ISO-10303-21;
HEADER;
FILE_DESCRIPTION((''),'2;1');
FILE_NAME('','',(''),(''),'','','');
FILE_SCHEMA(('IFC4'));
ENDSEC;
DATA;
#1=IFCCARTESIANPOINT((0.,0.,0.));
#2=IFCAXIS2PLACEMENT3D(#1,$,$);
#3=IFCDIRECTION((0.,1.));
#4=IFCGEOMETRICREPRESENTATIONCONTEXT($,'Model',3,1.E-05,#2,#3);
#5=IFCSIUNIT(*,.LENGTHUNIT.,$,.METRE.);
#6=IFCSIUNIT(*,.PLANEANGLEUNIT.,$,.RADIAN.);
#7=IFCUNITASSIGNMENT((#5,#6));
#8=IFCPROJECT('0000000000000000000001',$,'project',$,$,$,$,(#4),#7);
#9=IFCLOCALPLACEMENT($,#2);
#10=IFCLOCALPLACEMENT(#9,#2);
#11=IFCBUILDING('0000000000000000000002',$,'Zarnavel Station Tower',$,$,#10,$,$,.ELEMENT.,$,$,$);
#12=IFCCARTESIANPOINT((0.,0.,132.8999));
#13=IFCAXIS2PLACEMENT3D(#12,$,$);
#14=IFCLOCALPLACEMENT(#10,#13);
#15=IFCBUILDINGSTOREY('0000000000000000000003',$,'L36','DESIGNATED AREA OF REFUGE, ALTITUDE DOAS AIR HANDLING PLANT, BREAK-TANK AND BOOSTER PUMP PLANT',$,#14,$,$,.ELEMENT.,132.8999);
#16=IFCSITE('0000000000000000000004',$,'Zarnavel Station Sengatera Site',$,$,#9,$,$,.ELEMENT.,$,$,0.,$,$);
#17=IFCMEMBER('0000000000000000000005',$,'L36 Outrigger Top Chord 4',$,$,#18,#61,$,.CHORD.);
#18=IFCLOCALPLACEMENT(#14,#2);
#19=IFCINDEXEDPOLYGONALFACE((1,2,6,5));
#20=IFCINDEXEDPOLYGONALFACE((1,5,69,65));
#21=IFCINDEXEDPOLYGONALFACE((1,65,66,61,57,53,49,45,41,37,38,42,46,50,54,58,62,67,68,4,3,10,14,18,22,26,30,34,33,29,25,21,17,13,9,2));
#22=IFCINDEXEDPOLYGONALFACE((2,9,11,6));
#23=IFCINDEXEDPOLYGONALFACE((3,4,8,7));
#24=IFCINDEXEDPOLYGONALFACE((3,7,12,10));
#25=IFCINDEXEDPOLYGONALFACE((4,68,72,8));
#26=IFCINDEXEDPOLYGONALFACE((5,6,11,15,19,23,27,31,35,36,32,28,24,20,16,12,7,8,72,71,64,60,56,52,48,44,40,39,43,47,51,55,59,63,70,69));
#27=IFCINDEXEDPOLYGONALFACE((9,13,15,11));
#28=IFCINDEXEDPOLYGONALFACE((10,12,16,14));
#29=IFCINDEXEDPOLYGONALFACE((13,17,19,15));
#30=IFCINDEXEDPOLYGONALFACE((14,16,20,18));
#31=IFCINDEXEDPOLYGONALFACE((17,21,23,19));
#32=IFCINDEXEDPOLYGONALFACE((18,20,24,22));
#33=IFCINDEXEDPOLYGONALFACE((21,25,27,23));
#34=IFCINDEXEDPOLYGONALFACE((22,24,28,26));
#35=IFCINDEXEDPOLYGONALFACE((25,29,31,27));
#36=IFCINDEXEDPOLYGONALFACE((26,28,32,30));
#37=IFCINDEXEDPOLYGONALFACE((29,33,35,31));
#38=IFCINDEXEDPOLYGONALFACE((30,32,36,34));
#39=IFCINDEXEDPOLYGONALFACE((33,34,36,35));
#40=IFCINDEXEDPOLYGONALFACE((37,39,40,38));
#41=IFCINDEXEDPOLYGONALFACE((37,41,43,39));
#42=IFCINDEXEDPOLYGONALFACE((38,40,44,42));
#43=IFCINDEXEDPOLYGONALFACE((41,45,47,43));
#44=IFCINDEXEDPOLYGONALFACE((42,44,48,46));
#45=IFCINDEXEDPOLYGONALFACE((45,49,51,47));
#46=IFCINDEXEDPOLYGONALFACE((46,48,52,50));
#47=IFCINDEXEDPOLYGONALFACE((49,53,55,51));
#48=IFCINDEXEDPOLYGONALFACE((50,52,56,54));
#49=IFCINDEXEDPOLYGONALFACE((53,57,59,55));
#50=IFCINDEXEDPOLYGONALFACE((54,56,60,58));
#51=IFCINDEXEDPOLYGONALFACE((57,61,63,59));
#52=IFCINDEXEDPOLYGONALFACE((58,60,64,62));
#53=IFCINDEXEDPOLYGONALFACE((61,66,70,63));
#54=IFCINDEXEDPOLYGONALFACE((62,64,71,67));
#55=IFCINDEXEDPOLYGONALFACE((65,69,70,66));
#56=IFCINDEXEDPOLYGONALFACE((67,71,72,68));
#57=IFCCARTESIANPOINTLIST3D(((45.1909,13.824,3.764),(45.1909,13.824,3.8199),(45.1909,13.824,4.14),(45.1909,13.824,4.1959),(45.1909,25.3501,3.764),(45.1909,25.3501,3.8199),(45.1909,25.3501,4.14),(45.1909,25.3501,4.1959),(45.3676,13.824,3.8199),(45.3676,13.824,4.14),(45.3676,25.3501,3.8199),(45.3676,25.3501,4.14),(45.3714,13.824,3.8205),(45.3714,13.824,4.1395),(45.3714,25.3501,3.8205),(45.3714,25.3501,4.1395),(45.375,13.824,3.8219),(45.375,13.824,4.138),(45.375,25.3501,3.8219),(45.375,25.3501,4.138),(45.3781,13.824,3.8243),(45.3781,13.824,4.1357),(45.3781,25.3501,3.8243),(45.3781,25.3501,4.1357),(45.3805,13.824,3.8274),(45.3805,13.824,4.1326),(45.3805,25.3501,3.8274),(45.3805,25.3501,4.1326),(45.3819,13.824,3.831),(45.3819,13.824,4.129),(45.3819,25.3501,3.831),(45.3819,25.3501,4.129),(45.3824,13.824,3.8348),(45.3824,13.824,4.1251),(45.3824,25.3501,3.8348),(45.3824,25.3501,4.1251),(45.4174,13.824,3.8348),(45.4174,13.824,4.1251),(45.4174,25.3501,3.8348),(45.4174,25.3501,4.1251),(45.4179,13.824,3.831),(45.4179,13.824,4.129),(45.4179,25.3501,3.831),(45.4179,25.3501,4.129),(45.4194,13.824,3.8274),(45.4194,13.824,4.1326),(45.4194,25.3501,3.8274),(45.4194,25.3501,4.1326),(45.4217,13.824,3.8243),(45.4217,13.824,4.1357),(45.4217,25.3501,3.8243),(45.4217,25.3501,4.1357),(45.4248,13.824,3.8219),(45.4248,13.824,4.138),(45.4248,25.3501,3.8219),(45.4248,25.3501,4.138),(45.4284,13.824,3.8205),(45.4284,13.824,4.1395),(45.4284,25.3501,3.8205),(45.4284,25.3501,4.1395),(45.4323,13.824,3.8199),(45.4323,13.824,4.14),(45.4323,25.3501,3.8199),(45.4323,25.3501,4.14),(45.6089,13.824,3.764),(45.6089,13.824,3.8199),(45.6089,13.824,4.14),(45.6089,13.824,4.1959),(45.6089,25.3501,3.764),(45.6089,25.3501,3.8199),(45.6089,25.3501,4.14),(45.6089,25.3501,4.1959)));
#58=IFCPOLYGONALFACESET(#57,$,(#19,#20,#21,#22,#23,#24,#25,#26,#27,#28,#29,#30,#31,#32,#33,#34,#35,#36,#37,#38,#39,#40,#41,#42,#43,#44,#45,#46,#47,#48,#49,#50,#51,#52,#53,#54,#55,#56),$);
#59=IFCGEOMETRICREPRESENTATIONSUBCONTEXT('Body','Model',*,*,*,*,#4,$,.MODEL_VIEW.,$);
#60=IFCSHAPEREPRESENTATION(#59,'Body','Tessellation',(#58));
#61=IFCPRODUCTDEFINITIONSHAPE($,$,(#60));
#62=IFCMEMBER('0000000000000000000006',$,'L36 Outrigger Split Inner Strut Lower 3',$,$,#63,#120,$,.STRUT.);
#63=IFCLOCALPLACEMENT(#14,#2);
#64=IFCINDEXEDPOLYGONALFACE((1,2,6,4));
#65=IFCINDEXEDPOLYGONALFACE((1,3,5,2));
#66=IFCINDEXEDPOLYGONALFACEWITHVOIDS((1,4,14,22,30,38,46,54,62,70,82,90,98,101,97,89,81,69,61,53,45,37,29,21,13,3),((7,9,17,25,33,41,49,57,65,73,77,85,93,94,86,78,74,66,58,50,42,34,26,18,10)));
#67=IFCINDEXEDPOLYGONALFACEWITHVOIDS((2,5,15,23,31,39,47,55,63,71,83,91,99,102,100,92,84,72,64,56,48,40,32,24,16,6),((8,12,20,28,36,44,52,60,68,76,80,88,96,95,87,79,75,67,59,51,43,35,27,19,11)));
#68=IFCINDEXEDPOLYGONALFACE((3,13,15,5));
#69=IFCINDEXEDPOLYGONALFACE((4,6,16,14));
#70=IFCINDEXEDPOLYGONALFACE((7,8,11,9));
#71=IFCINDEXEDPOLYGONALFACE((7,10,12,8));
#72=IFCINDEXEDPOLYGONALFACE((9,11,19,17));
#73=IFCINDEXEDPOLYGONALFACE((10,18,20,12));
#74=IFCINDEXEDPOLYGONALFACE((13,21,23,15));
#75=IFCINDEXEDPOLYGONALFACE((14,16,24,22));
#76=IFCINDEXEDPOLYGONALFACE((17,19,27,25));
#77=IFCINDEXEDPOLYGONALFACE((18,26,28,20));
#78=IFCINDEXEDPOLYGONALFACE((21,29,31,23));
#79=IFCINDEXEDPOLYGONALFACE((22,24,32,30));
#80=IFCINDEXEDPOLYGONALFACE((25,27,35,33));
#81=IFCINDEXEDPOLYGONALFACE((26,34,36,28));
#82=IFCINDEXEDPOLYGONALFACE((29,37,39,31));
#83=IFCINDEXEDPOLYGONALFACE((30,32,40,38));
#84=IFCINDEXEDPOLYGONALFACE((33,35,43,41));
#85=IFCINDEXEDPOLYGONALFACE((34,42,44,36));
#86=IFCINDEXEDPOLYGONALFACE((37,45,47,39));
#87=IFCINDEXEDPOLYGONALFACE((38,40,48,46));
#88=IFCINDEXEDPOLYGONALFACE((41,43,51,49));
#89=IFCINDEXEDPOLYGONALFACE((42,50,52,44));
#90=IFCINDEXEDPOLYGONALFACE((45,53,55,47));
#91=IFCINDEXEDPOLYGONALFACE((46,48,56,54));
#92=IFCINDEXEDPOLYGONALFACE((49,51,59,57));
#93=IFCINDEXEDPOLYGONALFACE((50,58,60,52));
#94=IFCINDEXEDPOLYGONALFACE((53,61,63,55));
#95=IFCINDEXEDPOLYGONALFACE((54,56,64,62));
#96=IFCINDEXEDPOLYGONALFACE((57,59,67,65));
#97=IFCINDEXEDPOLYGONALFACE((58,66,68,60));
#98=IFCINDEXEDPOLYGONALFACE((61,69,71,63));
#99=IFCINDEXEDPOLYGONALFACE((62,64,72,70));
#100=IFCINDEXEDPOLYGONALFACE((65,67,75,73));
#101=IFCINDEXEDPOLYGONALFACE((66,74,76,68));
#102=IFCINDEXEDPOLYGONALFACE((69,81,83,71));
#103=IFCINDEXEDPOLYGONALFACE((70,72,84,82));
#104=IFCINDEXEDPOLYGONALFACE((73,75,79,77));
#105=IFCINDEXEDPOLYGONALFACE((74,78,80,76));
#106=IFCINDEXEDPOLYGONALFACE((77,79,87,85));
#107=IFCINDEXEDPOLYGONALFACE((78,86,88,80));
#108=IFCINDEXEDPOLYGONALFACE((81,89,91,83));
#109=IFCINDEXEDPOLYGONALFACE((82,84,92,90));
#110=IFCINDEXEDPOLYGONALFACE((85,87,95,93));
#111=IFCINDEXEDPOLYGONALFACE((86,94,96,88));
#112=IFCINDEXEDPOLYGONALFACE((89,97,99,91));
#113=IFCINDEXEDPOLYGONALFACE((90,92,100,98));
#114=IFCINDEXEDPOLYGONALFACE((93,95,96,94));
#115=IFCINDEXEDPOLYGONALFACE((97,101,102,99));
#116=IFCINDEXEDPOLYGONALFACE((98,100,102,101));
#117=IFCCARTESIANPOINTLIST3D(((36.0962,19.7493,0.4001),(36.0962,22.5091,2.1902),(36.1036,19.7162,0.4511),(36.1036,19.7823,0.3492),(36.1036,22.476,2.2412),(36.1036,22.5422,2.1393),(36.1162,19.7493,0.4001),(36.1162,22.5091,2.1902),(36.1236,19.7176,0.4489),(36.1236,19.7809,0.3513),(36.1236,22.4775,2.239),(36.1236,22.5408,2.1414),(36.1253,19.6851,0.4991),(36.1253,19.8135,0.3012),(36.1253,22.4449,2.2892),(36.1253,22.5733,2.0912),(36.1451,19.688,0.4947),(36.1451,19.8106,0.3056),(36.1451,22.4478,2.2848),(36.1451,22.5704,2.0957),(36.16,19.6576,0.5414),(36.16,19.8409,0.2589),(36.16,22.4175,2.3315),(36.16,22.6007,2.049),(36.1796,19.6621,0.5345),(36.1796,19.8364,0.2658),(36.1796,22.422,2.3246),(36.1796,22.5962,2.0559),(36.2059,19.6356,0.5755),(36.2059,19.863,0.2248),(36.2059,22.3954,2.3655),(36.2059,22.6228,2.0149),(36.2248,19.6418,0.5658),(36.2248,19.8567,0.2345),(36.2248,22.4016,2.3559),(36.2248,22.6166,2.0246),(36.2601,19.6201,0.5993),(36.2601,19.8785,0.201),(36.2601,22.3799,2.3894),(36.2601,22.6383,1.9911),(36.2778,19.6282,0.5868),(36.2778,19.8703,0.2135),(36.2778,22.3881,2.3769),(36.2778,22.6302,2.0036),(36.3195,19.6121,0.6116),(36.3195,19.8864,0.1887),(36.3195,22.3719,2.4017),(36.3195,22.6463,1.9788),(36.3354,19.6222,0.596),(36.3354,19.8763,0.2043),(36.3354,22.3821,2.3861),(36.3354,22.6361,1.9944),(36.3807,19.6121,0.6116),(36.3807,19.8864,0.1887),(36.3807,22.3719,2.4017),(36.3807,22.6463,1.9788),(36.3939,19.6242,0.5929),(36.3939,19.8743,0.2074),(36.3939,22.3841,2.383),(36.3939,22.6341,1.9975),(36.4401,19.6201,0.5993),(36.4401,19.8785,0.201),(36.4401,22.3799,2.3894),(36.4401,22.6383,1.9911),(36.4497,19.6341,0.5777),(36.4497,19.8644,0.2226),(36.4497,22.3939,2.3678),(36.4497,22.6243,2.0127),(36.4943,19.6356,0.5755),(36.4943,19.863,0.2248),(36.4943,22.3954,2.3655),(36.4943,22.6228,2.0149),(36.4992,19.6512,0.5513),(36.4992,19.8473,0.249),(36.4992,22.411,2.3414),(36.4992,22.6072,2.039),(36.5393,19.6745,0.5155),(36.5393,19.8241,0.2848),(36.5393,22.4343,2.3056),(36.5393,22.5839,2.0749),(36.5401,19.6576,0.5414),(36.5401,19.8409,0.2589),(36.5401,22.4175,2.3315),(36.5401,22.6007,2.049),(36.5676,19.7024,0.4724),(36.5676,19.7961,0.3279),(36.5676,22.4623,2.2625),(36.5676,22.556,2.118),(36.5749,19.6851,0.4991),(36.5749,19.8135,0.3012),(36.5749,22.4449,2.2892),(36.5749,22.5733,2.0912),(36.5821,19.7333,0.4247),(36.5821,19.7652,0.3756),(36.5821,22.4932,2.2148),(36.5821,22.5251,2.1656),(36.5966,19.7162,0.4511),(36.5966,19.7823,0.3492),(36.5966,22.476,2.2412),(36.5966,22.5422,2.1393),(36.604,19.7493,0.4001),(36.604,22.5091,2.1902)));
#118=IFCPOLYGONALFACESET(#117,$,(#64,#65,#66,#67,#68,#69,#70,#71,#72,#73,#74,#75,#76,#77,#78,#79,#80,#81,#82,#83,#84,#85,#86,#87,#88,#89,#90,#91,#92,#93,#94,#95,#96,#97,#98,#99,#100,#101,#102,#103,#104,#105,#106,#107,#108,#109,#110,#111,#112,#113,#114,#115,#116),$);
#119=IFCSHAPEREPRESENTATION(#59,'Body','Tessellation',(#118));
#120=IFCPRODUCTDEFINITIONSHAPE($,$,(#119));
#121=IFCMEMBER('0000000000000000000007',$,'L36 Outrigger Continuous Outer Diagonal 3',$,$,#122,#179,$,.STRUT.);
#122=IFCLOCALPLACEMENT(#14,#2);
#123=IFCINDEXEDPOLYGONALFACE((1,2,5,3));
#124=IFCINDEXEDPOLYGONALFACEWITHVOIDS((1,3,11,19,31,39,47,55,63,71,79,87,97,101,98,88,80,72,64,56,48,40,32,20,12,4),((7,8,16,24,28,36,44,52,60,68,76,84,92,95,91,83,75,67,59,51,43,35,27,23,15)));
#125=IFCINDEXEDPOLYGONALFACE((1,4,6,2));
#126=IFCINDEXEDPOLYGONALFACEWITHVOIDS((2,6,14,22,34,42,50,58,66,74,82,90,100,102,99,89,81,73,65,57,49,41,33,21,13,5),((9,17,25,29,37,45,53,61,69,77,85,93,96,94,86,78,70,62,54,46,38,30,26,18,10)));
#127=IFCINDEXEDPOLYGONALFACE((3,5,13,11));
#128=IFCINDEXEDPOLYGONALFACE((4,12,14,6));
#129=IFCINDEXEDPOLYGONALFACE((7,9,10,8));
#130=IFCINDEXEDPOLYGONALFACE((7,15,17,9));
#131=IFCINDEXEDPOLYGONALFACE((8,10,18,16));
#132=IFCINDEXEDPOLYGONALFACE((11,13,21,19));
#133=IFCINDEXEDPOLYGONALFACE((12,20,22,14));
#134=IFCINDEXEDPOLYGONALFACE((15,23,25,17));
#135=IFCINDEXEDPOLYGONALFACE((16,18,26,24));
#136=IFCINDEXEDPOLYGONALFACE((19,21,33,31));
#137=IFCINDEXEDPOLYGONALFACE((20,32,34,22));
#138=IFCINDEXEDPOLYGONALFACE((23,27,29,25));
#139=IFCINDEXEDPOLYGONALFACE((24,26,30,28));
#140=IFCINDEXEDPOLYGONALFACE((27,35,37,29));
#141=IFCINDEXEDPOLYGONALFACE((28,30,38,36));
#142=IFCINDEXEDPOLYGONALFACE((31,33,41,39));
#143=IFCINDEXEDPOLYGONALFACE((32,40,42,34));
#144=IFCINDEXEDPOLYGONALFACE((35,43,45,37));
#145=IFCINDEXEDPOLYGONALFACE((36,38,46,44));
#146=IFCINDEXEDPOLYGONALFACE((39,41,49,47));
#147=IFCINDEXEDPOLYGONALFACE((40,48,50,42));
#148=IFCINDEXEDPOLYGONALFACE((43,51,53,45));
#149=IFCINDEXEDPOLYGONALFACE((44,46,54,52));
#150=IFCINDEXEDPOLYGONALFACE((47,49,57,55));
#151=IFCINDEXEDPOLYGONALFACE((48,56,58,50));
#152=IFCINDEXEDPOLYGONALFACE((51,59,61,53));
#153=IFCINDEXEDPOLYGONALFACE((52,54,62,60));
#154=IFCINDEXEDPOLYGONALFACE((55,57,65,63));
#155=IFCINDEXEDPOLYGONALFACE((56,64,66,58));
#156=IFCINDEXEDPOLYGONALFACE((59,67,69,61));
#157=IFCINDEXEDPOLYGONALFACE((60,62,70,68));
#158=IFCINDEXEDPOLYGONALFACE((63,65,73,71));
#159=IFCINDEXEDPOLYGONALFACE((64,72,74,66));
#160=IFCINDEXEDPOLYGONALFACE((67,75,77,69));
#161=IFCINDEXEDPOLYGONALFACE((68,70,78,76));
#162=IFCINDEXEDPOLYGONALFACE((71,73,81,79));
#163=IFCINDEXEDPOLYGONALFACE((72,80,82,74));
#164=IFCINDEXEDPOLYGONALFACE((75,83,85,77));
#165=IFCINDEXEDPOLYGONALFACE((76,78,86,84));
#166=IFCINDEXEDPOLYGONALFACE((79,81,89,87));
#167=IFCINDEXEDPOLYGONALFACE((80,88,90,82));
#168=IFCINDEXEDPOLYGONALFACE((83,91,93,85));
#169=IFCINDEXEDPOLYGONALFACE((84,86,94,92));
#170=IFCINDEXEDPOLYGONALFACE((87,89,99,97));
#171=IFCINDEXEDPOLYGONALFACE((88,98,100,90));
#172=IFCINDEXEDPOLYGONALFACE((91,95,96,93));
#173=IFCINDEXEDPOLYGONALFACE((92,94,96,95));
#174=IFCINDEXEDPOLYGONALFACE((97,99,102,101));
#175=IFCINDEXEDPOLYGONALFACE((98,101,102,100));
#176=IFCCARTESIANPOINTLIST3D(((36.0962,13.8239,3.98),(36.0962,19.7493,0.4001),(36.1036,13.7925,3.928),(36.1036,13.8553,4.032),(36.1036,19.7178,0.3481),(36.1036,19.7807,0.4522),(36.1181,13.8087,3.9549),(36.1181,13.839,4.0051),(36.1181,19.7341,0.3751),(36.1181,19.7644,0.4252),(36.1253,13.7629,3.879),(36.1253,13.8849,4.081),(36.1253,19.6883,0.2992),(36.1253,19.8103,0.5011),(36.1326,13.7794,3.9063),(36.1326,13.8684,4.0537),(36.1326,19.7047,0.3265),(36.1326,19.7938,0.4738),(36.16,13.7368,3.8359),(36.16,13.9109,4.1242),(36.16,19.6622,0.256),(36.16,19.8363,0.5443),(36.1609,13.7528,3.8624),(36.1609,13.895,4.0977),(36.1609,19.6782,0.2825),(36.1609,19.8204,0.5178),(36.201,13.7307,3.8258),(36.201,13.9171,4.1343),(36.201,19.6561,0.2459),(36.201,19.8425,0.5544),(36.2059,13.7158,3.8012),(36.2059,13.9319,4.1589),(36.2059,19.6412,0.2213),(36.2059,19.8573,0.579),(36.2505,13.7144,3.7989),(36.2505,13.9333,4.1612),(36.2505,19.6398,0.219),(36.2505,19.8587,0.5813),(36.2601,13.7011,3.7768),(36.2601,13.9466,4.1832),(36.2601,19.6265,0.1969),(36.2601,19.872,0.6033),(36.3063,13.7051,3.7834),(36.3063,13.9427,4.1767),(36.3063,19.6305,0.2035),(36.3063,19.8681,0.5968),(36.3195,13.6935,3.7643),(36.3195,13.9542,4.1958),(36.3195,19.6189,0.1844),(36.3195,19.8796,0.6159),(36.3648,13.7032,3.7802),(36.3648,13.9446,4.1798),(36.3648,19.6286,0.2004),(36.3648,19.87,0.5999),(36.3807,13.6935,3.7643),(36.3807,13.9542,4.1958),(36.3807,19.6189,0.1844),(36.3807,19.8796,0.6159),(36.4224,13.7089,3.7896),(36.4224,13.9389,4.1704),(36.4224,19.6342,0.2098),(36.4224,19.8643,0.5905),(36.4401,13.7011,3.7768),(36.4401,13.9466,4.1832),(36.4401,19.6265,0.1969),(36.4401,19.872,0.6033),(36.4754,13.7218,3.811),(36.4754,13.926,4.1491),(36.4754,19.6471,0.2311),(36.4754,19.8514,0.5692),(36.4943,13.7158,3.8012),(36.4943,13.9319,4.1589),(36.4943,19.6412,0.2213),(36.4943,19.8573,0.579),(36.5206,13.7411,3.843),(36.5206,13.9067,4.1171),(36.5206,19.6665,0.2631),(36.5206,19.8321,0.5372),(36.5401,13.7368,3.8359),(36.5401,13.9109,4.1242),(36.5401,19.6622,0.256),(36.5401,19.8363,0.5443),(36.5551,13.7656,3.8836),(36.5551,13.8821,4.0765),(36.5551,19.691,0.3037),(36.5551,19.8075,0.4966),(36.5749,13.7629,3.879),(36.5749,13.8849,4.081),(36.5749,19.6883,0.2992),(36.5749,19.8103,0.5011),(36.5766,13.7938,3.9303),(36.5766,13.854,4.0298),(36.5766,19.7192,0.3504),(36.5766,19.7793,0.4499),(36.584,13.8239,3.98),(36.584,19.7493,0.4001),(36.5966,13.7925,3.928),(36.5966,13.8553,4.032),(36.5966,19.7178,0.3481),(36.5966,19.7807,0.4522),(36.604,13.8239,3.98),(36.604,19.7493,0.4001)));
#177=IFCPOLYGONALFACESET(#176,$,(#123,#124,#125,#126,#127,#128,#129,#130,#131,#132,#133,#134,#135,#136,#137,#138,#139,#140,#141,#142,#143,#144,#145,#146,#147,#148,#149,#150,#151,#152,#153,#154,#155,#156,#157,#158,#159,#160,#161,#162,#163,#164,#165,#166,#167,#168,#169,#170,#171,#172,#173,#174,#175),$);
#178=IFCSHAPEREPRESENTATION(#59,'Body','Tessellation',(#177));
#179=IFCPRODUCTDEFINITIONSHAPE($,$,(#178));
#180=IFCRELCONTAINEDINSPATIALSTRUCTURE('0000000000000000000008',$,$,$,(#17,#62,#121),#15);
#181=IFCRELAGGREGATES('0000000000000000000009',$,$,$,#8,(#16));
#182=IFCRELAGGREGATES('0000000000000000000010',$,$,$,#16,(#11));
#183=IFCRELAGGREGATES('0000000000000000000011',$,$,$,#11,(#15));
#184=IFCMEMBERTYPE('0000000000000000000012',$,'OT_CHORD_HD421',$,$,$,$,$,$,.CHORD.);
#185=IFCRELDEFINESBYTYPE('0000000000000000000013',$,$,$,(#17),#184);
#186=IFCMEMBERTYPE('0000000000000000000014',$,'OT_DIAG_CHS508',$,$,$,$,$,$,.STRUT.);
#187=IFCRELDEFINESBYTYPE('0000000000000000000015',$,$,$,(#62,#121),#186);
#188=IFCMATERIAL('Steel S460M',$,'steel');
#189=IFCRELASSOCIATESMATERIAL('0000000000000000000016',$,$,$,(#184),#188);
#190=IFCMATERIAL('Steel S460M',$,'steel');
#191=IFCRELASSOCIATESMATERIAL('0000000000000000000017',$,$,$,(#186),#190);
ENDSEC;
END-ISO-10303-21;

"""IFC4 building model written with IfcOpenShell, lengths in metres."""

from ifc_helpers import new_model, si_unit, direction, frame, origin, origin_2d, place, context, subcontext, project, spatial, hollow_circle, i_section, extrude, material, material_profile, profile_set, type_object, element, save


model = new_model("IFC4")

# Units and contexts
model_context = context("Model", 3, precision=1e-05, world=origin(), true_north=direction((0.0, 1.0)))
body_context = subcontext(model_context, "Body", "Model", "MODEL_VIEW")
ifc_project = project(units=[si_unit("LENGTHUNIT", "METRE"), si_unit("PLANEANGLEUNIT", "RADIAN")], contexts=[model_context])

# Site, building, storey
site_placement = place(None, origin())
site = spatial("IfcSite", under=ifc_project, at=site_placement, Name="Zarnavel Station Sengatera Site", CompositionType="ELEMENT", RefElevation=0.0)
building_placement = place(site_placement, origin())
building = spatial("IfcBuilding", under=site, at=building_placement, Name="Zarnavel Station Tower", CompositionType="ELEMENT")
storey_placement = place(building_placement, frame((0.0, 0.0, 132.8999)))
storey = spatial("IfcBuildingStorey", under=building, at=storey_placement, Name="L36", Description="DESIGNATED AREA OF REFUGE, ALTITUDE DOAS AIR HANDLING PLANT, BREAK-TANK AND BOOSTER PUMP PLANT", CompositionType="ELEMENT", Elevation=132.8999)

# Members
ifc_material_1 = material(Name="Steel S460M", Category="steel")
ifc_material_profile_1 = material_profile(ifc_material_1, i_section(OverallWidth=0.418, OverallDepth=0.4319, WebThickness=0.0349, FlangeThickness=0.0559, FilletRadius=0.0149, at=origin_2d()), Name="HD400x421")
ifc_profile_set_1 = profile_set([ifc_material_profile_1], Name="Steel S460M")
member_type_1 = type_object("IfcMemberType", Name="OT_CHORD_HD421", PredefinedType="CHORD", material=ifc_profile_set_1)
member_1_placement = place(storey_placement, frame((45.3999, 13.824, 3.98), z_axis=(0.0, 1.0, 0.0), x_axis=(-1.0, 0.0, 0.0)))
element("IfcMember", 1, at=member_1_placement, inside=storey, type_object=member_type_1, Name="L36 Outrigger Top Chord 4", PredefinedType="CHORD", context=body_context, shape_type="SweptSolid", body=[
    extrude(i_section(OverallWidth=0.418, OverallDepth=0.4319, WebThickness=0.0349, FlangeThickness=0.0559, FilletRadius=0.0149, at=origin_2d()), origin(), (0.0, 0.0, 1.0), 11.5261),
])
ifc_material_2 = material(Name="Steel S460M", Category="steel")
ifc_material_profile_2 = material_profile(ifc_material_2, hollow_circle(Radius=0.2539, WallThickness=0.02, at=origin_2d()), Name="CHS508x20")
ifc_profile_set_2 = profile_set([ifc_material_profile_2], Name="Steel S460M")
member_type_2 = type_object("IfcMemberType", Name="OT_DIAG_CHS508", PredefinedType="STRUT", material=ifc_profile_set_2)
member_2_placement = place(storey_placement, frame((36.3501, 19.7493, 0.4001), z_axis=(0.0, 0.838972, 0.544174), x_axis=(-1.0, 0.0, 0.0)))
element("IfcMember", 2, at=member_2_placement, inside=storey, type_object=member_type_2, Name="L36 Outrigger Split Inner Strut Lower 3", PredefinedType="STRUT", context=body_context, shape_type="SweptSolid", body=[
    extrude(hollow_circle(Radius=0.2539, WallThickness=0.02, at=origin_2d()), origin(), (0.0, 0.0, 1.0), 3.2896),
])
member_3_placement = place(storey_placement, frame((36.3501, 19.7493, 0.4001), z_axis=(0.0, -0.855917, 0.517112), x_axis=(1.0, 0.0, 0.0)))
element("IfcMember", 3, at=member_3_placement, inside=storey, type_object=member_type_2, Name="L36 Outrigger Continuous Outer Diagonal 3", PredefinedType="STRUT", context=body_context, shape_type="SweptSolid", body=[
    extrude(hollow_circle(Radius=0.2539, WallThickness=0.02, at=origin_2d()), origin(), (0.0, 0.0, 1.0), 6.9229),
])

save(model, "model.ifc")
